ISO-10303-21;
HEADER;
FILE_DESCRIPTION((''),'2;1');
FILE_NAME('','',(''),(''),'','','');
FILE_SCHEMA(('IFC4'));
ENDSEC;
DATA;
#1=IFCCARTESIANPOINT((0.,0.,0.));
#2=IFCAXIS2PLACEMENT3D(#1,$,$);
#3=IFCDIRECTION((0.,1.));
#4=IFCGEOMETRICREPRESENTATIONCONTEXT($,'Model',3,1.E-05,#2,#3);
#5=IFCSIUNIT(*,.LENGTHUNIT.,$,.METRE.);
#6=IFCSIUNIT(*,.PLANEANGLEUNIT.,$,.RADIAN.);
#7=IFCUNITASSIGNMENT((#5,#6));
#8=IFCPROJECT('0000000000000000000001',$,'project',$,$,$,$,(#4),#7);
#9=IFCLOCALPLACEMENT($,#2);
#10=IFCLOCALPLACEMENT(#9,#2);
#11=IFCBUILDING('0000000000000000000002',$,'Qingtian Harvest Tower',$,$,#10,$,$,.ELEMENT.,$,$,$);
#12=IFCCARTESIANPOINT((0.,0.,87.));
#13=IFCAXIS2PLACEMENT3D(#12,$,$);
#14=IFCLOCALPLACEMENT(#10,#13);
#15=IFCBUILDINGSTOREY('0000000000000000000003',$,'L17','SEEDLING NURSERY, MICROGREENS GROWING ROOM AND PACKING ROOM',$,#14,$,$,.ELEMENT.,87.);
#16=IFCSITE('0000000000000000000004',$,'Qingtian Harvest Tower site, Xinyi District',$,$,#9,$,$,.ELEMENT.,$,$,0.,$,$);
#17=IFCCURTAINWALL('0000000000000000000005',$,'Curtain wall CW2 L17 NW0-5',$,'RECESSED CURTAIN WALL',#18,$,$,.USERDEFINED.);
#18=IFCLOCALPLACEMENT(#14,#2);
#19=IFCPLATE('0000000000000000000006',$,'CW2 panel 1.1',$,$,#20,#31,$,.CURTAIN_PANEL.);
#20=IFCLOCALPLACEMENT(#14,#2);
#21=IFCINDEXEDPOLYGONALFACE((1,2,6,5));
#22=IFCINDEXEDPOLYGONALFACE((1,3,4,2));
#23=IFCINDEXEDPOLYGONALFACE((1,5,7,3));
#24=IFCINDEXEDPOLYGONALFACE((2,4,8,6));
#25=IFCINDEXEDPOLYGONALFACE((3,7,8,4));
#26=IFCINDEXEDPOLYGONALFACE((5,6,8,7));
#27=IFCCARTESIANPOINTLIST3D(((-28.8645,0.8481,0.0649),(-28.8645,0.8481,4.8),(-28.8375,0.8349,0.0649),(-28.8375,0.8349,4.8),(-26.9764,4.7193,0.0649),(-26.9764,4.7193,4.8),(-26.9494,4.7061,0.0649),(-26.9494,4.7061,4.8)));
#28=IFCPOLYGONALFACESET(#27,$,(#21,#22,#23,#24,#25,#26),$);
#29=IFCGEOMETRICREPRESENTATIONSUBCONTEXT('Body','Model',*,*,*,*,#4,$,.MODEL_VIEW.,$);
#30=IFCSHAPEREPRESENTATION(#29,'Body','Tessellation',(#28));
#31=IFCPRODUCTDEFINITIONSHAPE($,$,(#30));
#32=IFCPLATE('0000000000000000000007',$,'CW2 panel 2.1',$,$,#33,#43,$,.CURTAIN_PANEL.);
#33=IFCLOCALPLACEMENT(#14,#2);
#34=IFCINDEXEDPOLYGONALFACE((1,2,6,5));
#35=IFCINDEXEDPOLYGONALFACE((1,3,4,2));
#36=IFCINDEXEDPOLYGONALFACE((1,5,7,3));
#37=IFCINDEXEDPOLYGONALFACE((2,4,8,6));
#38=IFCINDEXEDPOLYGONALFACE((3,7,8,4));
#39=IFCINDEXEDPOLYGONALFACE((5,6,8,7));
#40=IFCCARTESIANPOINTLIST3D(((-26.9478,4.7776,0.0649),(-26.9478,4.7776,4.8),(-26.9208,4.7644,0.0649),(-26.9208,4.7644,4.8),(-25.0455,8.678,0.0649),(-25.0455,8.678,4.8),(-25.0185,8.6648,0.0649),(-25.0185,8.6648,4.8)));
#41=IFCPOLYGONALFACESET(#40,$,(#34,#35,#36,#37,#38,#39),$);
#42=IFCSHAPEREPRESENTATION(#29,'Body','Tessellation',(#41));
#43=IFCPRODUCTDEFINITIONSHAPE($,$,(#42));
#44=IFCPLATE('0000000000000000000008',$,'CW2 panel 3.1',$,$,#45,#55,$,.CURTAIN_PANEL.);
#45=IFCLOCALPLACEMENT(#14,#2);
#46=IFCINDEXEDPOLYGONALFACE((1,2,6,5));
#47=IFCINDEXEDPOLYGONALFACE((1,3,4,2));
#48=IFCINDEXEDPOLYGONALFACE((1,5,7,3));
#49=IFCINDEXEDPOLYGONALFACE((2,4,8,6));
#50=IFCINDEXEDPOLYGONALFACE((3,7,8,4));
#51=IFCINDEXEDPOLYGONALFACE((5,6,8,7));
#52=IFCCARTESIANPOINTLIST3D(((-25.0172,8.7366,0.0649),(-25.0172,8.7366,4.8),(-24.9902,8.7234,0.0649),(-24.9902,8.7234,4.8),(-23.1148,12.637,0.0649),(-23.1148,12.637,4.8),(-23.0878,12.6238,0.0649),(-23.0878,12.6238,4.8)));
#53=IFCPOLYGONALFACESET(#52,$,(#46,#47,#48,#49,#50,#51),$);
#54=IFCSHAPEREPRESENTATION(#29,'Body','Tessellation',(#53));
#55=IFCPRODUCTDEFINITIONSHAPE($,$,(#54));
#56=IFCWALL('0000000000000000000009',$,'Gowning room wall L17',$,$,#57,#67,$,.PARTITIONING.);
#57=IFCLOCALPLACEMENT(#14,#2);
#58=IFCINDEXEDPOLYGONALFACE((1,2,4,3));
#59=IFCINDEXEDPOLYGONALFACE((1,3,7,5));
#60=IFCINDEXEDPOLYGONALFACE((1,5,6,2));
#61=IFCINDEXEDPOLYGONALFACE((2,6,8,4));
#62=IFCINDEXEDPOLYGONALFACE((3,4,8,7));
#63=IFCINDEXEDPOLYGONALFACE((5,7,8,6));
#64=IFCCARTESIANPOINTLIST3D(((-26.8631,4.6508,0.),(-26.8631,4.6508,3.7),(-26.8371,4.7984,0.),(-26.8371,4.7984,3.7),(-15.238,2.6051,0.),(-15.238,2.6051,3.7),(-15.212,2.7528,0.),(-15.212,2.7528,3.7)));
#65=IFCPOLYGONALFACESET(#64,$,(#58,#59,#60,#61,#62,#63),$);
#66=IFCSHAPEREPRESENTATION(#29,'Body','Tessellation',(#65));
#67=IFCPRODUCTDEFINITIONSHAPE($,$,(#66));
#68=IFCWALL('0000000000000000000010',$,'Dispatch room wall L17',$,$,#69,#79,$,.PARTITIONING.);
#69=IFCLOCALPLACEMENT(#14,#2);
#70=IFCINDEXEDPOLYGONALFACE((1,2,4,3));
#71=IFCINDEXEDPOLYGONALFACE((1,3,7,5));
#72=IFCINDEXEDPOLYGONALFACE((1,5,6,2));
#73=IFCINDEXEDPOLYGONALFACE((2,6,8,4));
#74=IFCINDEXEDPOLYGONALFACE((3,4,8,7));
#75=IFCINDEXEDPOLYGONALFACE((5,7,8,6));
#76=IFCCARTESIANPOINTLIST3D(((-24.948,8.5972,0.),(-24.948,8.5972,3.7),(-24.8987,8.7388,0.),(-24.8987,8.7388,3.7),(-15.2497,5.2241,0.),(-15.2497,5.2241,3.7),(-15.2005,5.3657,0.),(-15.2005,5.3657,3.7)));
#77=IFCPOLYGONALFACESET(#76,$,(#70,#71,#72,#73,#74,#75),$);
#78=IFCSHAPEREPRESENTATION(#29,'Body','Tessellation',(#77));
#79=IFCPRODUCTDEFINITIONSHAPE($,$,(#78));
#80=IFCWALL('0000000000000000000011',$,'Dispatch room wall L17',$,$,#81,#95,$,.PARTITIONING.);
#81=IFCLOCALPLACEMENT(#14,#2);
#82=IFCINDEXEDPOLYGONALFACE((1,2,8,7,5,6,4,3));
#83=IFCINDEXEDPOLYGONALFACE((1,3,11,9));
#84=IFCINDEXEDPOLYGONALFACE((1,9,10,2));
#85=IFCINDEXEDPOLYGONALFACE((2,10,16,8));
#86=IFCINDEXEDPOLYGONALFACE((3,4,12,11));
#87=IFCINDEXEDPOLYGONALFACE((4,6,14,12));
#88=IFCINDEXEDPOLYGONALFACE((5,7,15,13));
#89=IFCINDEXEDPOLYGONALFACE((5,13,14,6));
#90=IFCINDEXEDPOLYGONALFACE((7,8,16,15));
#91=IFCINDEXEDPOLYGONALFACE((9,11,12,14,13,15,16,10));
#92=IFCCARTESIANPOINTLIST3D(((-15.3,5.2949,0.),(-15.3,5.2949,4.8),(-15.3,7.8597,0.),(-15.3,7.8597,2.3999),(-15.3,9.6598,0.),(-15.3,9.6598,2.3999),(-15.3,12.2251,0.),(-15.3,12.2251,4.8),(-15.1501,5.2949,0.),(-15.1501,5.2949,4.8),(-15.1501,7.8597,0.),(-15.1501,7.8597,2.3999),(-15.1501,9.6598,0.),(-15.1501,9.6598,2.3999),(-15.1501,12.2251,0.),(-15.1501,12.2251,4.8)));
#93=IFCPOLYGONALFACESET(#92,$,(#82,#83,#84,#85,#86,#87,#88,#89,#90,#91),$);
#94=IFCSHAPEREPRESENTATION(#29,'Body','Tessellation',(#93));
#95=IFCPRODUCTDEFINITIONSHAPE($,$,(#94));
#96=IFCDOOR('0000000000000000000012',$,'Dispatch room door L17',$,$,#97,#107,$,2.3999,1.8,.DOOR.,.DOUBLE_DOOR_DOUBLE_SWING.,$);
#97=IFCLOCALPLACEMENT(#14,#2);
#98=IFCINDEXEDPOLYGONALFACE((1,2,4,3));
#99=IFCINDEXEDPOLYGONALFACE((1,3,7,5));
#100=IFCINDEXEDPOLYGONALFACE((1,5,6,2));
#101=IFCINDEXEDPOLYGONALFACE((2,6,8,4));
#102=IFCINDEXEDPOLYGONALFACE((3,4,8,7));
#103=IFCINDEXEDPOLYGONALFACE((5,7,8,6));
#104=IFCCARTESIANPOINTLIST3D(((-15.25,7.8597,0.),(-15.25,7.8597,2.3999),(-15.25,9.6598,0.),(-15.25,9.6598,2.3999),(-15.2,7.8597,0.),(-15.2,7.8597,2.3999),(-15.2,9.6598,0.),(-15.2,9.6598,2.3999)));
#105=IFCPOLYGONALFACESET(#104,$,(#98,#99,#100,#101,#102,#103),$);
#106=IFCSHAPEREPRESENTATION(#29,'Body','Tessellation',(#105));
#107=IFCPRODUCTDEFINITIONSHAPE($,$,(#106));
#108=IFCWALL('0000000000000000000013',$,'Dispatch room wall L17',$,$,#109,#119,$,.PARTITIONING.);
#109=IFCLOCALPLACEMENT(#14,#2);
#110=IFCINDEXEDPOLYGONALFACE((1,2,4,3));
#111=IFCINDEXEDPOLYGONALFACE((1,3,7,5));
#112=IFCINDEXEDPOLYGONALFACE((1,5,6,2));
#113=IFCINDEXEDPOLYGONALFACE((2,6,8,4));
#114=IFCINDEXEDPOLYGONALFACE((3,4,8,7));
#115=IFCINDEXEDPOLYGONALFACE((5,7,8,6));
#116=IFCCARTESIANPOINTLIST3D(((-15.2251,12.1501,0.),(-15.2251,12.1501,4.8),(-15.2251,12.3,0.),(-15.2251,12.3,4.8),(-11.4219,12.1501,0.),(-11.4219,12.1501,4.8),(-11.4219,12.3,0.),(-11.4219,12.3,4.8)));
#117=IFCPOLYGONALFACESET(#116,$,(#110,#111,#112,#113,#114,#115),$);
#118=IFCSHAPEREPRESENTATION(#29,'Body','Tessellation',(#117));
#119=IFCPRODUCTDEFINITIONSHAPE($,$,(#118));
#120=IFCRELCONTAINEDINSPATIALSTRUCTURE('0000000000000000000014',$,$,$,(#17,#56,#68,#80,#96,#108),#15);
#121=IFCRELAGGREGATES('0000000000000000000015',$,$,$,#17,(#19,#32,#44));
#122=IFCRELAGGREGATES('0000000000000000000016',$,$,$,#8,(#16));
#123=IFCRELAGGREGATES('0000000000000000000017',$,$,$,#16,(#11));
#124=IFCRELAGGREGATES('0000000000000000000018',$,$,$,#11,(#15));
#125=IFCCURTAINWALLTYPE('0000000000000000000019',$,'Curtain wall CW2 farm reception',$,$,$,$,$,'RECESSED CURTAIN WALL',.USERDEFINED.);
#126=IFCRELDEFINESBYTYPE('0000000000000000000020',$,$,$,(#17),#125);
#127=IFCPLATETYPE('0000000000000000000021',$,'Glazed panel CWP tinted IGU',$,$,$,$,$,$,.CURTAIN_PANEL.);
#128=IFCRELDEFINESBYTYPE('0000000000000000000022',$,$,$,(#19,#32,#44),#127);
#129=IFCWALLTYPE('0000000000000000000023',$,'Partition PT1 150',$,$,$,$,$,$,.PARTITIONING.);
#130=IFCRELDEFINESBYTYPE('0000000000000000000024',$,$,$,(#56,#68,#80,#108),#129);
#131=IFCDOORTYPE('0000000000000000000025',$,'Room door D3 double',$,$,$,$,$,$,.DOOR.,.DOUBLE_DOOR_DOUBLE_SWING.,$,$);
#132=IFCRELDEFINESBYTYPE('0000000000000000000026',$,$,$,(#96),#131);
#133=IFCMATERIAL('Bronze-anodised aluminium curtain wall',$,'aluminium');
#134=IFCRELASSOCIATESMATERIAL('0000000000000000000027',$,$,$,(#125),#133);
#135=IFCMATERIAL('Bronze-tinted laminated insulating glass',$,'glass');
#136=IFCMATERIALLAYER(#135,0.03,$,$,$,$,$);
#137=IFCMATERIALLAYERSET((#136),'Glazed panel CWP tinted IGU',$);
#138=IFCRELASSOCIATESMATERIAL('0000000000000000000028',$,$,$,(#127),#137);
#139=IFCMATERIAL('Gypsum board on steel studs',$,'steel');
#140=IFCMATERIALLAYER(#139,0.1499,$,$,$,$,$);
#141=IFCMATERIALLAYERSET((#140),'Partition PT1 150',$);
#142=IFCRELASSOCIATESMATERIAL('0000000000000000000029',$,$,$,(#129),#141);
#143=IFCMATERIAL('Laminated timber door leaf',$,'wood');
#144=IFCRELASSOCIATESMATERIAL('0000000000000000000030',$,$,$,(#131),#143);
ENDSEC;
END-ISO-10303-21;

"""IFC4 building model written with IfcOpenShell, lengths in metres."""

from ifc_helpers import new_model, si_unit, direction, frame, frame_2d, origin, origin_2d, place, context, subcontext, project, spatial, rectangle, extrude, material, layer, layer_set, type_object, element, fill, aggregate, save


model = new_model("IFC4")

# Units and contexts
model_context = context("Model", 3, precision=1e-05, world=origin(), true_north=direction((0.0, 1.0)))
body_context = subcontext(model_context, "Body", "Model", "MODEL_VIEW")
ifc_project = project(units=[si_unit("LENGTHUNIT", "METRE"), si_unit("PLANEANGLEUNIT", "RADIAN")], contexts=[model_context])

# Site, building, storey
site_placement = place(None, origin())
site = spatial("IfcSite", under=ifc_project, at=site_placement, Name="Qingtian Harvest Tower site, Xinyi District", CompositionType="ELEMENT", RefElevation=0.0)
building_placement = place(site_placement, origin())
building = spatial("IfcBuilding", under=site, at=building_placement, Name="Qingtian Harvest Tower", CompositionType="ELEMENT")
storey_placement = place(building_placement, frame((0.0, 0.0, 87.0)))
storey = spatial("IfcBuildingStorey", under=building, at=storey_placement, Name="L17", Description="SEEDLING NURSERY, MICROGREENS GROWING ROOM AND PACKING ROOM", CompositionType="ELEMENT", Elevation=87.0)

# Shared definitions
ifc_material_1 = material(Name="Bronze-anodised aluminium curtain wall", Category="aluminium")
curtain_wall_type = type_object("IfcCurtainWallType", Name="Curtain wall CW2 farm reception", ElementType="RECESSED CURTAIN WALL", PredefinedType="USERDEFINED", material=ifc_material_1)

# Curtain wall
curtain_wall_1_placement = place(storey_placement, origin())
curtain_wall_1 = element("IfcCurtainWall", 1, at=curtain_wall_1_placement, inside=storey, type_object=curtain_wall_type, Name="Curtain wall CW2 L17 NW0-5", ObjectType="RECESSED CURTAIN WALL", PredefinedType="USERDEFINED")

# Plates
ifc_material_2 = material(Name="Bronze-tinted laminated insulating glass", Category="glass")
ifc_layer_1 = layer(ifc_material_2, 0.03)
ifc_layer_set_1 = layer_set([ifc_layer_1], Name="Glazed panel CWP tinted IGU")
plate_type = type_object("IfcPlateType", Name="Glazed panel CWP tinted IGU", PredefinedType="CURTAIN_PANEL", material=ifc_layer_set_1)
plate_1_placement = place(storey_placement, frame((-27.907, 2.7771, 0.0649), z_axis=(0.0, 0.0, 1.0), x_axis=(0.438371, 0.898794, 0.0)))
plate_1 = element("IfcPlate", 2, at=plate_1_placement, type_object=plate_type, Name="CW2 panel 1.1", PredefinedType="CURTAIN_PANEL", context=body_context, shape_type="SweptSolid", body=[
    extrude(rectangle(XDim=4.3071, YDim=0.03, at=origin_2d()), origin(), (0.0, 0.0, 1.0), 4.7351),
])
plate_2_placement = place(storey_placement, frame((-25.9832, 6.7212, 0.0649), z_axis=(0.0, 0.0, 1.0), x_axis=(0.438371, 0.898794, 0.0)))
plate_2 = element("IfcPlate", 3, at=plate_2_placement, type_object=plate_type, Name="CW2 panel 2.1", PredefinedType="CURTAIN_PANEL", context=body_context, shape_type="SweptSolid", body=[
    extrude(rectangle(XDim=4.3396, YDim=0.03, at=origin_2d()), origin(), (0.0, 0.0, 1.0), 4.7351),
])
plate_3_placement = place(storey_placement, frame((-24.0525, 10.6802, 0.0649), z_axis=(0.0, 0.0, 1.0), x_axis=(0.438371, 0.898794, 0.0)))
plate_3 = element("IfcPlate", 4, at=plate_3_placement, type_object=plate_type, Name="CW2 panel 3.1", PredefinedType="CURTAIN_PANEL", context=body_context, shape_type="SweptSolid", body=[
    extrude(rectangle(XDim=4.3396, YDim=0.03, at=origin_2d()), origin(), (0.0, 0.0, 1.0), 4.7351),
])
aggregate(curtain_wall_1, [plate_1, plate_2, plate_3])

# Wall
ifc_material_3 = material(Name="Gypsum board on steel studs", Category="steel")
ifc_layer_2 = layer(ifc_material_3, 0.1499)
ifc_layer_set_2 = layer_set([ifc_layer_2], Name="Partition PT1 150")
wall_type = type_object("IfcWallType", Name="Partition PT1 150", PredefinedType="PARTITIONING", material=ifc_layer_set_2)
wall_1_placement = place(storey_placement, frame((-26.8501, 4.7246, 0.0), z_axis=(0.0, 0.0, 1.0), x_axis=(0.984868, -0.173307, 0.0)))
element("IfcWall", 5, at=wall_1_placement, inside=storey, type_object=wall_type, Name="Gowning room wall L17", PredefinedType="PARTITIONING", context=body_context, shape_type="SweptSolid", body=[
    extrude(rectangle(XDim=11.8037, YDim=0.1499, at=frame_2d((5.9019, 0.0))), origin(), (0.0, 0.0, 1.0), 3.7),
])

# Wall
wall_2_placement = place(storey_placement, frame((-24.9233, 8.668, 0.0), z_axis=(0.0, 0.0, 1.0), x_axis=(0.944504, -0.328498, 0.0)))
element("IfcWall", 6, at=wall_2_placement, inside=storey, type_object=wall_type, Name="Dispatch room wall L17", PredefinedType="PARTITIONING", context=body_context, shape_type="SweptSolid", body=[
    extrude(rectangle(XDim=10.2681, YDim=0.1499, at=frame_2d((5.134, 0.0))), origin(), (0.0, 0.0, 1.0), 3.7),
])

# Wall, opening, door
wall_3_placement = place(storey_placement, frame((-15.2251, 5.2949, 0.0), z_axis=(0.0, 0.0, 1.0), x_axis=(0.0, 1.0, 0.0)))
wall_3 = element("IfcWall", 7, at=wall_3_placement, inside=storey, type_object=wall_type, Name="Dispatch room wall L17", PredefinedType="PARTITIONING", context=body_context, shape_type="SweptSolid", body=[
    extrude(rectangle(XDim=6.9302, YDim=0.1499, at=frame_2d((3.4651, 0.0))), origin(), (0.0, 0.0, 1.0), 4.8),
])
opening_1_placement = place(wall_3_placement, frame((2.5649, 0.0, 0.0)))
opening_1 = element("IfcOpeningElement", 8, at=opening_1_placement, cuts=wall_3, PredefinedType="OPENING", context=body_context, shape_type="SweptSolid", body=[
    extrude(rectangle(XDim=1.8, YDim=2.3999, at=frame_2d((0.8999, 1.2))), frame((0.0, 0.085, 0.0), z_axis=(0.0, -1.0, 0.0), x_axis=(1.0, 0.0, 0.0)), (0.0, 0.0, 1.0), 0.1699),
])
ifc_material_4 = material(Name="Laminated timber door leaf", Category="wood")
door_type_1 = type_object("IfcDoorType", Name="Room door D3 double", OperationType="DOUBLE_DOOR_DOUBLE_SWING", PredefinedType="DOOR", material=ifc_material_4)
door_1_placement = place(opening_1_placement, origin())
door_1 = element("IfcDoor", 9, at=door_1_placement, inside=storey, type_object=door_type_1, Name="Dispatch room door L17", OperationType="DOUBLE_DOOR_DOUBLE_SWING", OverallHeight=2.3999, OverallWidth=1.8, PredefinedType="DOOR", context=body_context, shape_type="SweptSolid", body=[
    extrude(rectangle(XDim=1.8, YDim=2.3999, at=frame_2d((0.8999, 1.2))), frame((0.0, 0.0249, 0.0), z_axis=(0.0, -1.0, 0.0), x_axis=(1.0, 0.0, 0.0)), (0.0, 0.0, 1.0), 0.05),
])
fill(opening_1, door_1)

# Wall
wall_4_placement = place(storey_placement, frame((-15.2251, 12.2251, 0.0), z_axis=(0.0, 0.0, 1.0), x_axis=(1.0, 0.0, 0.0)))
element("IfcWall", 10, at=wall_4_placement, inside=storey, type_object=wall_type, Name="Dispatch room wall L17", PredefinedType="PARTITIONING", context=body_context, shape_type="SweptSolid", body=[
    extrude(rectangle(XDim=3.8032, YDim=0.1499, at=frame_2d((1.9016, 0.0))), origin(), (0.0, 0.0, 1.0), 4.8),
])

save(model, "model.ifc")
